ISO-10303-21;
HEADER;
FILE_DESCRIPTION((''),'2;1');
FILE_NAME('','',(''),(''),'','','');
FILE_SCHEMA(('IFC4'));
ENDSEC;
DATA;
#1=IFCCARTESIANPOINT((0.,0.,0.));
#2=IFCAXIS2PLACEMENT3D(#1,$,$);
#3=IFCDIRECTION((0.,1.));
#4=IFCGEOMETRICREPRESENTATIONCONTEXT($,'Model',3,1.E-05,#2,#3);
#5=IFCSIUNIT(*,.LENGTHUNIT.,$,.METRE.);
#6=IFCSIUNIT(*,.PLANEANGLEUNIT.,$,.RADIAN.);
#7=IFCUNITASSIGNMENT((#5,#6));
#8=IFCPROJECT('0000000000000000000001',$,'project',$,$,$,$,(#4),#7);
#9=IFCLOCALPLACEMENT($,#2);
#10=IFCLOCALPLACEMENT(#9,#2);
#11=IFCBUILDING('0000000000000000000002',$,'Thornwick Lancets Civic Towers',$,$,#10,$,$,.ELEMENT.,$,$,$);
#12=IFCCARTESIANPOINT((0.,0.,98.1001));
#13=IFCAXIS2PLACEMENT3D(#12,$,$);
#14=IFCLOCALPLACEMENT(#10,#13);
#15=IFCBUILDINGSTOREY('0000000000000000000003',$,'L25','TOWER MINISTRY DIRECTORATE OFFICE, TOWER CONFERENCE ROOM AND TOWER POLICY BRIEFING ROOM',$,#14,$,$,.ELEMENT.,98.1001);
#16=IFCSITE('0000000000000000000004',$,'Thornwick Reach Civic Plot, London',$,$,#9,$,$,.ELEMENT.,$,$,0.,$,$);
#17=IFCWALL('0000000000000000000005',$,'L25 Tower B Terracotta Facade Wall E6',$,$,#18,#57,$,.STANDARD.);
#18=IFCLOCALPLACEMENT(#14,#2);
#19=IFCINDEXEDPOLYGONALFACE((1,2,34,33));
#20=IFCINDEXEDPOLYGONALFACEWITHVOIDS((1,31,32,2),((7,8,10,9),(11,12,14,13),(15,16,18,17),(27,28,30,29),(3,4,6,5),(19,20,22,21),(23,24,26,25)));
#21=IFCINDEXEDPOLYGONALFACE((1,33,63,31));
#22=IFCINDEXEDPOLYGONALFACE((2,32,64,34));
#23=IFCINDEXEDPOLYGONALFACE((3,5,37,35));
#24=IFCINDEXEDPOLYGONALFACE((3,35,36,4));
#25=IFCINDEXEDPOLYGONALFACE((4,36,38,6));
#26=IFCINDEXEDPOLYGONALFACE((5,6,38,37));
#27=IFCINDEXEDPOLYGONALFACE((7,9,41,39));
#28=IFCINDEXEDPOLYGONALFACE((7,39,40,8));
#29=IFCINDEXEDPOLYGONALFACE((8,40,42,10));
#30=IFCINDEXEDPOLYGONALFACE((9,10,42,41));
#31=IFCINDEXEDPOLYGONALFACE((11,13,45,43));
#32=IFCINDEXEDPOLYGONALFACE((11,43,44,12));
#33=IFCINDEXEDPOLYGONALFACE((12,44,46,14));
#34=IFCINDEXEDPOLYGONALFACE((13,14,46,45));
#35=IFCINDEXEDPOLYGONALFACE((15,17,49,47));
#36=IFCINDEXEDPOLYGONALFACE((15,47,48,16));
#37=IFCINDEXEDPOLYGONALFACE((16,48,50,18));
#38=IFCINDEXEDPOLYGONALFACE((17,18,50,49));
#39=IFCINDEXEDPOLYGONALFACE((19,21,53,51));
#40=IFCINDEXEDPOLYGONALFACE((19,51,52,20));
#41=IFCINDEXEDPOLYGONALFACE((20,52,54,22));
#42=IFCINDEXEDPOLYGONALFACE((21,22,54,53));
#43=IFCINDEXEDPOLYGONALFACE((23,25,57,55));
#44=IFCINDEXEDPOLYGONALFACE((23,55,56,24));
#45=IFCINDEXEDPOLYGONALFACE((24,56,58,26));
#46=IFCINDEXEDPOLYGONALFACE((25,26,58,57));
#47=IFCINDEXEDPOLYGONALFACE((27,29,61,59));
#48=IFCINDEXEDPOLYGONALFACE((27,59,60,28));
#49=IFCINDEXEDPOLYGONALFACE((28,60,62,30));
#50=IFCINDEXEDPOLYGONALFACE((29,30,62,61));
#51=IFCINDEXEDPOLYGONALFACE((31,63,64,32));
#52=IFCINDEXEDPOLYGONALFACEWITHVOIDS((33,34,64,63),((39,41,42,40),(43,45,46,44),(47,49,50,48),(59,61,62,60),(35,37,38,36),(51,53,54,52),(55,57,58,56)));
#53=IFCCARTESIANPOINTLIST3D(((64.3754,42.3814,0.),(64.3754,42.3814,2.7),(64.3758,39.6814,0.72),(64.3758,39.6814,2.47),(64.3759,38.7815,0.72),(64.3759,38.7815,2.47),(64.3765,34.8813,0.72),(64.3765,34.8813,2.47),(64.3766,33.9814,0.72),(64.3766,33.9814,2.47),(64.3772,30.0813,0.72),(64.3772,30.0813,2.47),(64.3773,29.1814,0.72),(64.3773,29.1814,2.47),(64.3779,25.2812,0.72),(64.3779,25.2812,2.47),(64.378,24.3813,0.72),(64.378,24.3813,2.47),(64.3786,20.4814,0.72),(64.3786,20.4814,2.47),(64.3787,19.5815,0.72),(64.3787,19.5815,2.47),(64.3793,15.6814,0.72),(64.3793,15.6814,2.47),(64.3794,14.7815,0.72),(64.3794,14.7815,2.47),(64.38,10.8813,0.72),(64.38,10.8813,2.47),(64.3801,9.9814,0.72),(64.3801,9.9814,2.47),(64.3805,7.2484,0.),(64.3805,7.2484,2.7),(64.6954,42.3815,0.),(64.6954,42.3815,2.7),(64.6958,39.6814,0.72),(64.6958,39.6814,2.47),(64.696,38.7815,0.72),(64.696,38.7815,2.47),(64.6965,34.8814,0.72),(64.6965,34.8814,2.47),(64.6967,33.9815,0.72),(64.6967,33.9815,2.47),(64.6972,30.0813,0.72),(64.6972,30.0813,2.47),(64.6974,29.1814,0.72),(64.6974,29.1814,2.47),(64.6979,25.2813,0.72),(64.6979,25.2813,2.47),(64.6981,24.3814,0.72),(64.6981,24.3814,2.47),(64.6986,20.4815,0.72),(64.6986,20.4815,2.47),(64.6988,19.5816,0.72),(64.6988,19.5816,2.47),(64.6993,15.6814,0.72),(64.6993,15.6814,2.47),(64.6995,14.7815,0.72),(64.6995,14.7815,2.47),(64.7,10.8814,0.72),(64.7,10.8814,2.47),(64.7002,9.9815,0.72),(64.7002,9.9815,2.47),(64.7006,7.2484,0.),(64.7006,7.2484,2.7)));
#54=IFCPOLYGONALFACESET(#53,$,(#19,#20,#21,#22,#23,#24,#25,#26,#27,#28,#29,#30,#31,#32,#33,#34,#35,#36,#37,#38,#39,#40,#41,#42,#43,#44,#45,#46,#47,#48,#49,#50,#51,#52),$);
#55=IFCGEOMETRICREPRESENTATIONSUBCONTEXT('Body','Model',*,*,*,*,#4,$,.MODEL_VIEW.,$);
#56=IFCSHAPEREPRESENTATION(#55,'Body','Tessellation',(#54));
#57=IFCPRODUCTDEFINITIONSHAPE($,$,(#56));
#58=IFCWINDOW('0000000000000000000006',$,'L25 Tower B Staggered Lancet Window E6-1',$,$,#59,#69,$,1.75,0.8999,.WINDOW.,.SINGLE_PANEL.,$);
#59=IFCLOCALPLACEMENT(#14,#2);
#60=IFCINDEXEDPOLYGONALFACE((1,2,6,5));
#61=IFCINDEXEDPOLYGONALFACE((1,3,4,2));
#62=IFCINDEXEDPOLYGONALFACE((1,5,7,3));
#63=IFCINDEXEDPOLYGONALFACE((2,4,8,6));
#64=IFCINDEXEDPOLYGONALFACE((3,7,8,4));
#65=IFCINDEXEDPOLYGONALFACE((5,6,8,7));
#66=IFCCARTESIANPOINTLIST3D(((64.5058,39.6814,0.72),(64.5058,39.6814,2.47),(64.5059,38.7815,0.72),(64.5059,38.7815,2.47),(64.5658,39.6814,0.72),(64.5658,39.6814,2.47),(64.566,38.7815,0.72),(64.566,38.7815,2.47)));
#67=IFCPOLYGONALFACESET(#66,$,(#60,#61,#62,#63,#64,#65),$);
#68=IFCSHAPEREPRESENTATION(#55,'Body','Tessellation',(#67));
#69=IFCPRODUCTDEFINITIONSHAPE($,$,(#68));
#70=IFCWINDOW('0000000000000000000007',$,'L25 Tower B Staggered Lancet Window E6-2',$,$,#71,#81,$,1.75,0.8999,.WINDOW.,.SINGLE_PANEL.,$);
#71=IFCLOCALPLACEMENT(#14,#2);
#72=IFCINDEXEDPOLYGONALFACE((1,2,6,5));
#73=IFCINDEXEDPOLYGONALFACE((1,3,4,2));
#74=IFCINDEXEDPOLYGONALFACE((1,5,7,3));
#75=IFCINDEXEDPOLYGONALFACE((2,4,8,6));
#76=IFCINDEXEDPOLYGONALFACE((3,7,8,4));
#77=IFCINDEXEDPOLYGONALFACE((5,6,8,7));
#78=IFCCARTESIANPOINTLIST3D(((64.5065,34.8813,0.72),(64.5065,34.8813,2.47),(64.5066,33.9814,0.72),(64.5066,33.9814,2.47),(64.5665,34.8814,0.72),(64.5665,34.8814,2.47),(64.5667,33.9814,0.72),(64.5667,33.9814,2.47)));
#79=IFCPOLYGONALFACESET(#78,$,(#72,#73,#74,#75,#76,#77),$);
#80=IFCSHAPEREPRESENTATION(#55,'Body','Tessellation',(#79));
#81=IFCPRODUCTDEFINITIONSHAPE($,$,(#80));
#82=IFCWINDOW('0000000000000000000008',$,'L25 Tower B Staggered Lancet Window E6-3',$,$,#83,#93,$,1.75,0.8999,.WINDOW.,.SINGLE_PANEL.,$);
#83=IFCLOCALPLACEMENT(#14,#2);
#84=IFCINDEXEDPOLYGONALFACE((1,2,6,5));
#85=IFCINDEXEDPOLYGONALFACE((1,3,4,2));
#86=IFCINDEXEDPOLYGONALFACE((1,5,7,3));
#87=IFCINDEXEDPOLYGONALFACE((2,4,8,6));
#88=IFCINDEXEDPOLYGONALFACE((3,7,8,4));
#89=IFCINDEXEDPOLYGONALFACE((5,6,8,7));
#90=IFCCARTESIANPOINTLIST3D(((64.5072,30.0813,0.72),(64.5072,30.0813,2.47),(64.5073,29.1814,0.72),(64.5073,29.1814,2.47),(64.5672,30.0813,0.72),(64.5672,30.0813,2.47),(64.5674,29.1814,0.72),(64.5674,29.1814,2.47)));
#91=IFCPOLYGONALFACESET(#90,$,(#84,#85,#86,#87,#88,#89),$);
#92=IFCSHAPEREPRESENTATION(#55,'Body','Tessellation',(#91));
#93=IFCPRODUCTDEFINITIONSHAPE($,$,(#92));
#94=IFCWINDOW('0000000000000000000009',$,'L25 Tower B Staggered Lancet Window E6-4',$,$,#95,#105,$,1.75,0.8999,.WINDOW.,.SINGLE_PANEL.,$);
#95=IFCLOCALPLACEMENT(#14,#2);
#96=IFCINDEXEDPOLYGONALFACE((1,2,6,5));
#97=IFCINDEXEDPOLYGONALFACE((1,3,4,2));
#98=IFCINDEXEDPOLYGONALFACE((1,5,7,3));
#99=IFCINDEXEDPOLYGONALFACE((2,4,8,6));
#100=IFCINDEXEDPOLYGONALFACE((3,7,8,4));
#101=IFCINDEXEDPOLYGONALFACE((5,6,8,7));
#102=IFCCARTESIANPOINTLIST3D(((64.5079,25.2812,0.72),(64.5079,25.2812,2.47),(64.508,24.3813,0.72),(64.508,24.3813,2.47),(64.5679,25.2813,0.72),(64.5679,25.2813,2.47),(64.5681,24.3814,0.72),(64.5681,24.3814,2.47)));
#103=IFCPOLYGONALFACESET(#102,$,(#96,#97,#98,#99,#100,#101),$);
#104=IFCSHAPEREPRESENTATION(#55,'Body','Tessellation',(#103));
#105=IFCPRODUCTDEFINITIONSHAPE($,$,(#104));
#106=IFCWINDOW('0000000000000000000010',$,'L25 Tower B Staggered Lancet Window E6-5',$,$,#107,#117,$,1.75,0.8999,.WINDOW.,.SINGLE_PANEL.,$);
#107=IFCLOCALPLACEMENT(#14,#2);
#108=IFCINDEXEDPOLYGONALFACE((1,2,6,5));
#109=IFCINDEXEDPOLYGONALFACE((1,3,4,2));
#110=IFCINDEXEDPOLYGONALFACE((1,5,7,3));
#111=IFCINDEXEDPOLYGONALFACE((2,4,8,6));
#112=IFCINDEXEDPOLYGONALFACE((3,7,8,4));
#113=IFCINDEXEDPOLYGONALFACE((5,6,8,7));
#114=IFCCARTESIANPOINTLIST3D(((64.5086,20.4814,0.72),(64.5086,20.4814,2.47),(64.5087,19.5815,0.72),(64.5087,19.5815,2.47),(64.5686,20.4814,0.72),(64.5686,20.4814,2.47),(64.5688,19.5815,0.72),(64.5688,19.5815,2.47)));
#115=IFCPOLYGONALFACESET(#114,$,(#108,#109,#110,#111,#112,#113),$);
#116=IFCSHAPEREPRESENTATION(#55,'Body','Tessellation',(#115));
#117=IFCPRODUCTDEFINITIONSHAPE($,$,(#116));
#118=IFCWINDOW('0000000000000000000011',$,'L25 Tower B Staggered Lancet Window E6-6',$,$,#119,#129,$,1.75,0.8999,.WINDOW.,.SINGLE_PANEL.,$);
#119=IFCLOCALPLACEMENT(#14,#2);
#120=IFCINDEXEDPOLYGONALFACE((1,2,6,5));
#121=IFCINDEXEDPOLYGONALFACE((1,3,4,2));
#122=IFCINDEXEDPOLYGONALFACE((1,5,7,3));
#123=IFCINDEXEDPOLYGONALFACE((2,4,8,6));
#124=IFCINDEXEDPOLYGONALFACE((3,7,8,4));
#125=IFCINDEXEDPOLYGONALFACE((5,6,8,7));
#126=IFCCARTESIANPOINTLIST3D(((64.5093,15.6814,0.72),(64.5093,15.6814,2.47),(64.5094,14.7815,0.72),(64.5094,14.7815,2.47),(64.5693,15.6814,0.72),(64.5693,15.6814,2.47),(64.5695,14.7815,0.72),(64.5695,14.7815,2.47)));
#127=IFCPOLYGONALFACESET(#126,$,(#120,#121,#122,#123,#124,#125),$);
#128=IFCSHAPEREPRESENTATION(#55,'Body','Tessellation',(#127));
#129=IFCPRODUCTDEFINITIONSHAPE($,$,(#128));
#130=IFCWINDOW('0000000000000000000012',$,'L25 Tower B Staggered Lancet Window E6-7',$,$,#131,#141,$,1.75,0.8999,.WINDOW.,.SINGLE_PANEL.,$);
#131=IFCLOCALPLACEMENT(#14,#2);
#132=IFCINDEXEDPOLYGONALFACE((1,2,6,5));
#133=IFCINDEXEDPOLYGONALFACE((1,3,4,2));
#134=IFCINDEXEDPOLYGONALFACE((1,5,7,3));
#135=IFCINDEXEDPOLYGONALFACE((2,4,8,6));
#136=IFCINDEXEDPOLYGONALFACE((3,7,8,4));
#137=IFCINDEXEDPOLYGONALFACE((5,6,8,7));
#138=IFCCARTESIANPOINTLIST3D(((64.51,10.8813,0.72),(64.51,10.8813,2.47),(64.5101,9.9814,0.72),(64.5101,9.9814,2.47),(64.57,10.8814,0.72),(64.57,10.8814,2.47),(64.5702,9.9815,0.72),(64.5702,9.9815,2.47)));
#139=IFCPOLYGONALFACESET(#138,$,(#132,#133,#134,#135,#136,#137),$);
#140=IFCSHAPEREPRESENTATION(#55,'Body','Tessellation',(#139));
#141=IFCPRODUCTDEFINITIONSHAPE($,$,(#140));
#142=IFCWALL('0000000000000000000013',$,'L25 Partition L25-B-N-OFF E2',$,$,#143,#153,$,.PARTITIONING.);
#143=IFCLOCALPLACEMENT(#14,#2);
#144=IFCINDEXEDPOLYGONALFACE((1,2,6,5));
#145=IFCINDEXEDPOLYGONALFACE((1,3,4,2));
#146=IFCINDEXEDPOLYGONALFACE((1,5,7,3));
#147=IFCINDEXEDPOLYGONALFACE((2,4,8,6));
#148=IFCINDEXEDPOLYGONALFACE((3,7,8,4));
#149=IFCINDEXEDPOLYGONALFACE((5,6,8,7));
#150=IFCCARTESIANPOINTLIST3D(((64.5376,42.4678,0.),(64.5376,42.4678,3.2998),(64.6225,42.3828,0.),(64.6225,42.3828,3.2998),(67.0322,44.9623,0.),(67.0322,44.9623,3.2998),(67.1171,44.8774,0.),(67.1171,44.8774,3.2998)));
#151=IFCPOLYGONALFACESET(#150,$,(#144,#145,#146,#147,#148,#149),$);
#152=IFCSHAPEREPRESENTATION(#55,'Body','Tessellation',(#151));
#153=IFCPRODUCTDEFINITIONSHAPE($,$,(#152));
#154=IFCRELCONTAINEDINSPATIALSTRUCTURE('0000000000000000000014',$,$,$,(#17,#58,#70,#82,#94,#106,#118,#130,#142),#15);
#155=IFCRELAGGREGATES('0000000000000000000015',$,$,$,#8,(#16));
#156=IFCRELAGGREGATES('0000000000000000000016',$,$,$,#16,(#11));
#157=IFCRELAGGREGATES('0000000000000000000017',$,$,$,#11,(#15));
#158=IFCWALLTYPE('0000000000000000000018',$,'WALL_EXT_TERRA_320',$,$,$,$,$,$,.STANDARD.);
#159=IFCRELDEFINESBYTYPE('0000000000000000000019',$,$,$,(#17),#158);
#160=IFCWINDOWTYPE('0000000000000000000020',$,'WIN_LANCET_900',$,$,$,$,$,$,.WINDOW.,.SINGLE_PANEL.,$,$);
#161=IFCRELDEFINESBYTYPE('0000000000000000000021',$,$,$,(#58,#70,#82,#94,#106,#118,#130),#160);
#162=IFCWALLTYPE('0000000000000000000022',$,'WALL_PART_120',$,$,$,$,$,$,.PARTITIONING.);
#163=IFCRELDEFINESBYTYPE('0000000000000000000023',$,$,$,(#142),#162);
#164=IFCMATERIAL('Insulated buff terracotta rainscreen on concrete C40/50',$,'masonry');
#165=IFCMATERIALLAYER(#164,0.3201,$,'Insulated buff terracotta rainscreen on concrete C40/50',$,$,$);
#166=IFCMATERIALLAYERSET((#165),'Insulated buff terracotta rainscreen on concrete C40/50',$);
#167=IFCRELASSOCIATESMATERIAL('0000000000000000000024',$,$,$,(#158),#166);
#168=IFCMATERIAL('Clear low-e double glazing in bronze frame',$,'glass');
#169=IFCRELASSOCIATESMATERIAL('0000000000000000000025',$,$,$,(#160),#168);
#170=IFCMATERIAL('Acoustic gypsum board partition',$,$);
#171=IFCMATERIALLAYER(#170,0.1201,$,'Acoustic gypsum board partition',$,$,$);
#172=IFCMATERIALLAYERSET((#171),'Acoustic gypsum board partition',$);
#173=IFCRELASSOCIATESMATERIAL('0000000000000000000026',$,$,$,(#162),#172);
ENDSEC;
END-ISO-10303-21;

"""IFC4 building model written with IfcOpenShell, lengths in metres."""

from ifc_helpers import new_model, si_unit, direction, frame, frame_2d, origin, place, context, subcontext, project, spatial, rectangle, extrude, material, layer, layer_set, type_object, element, fill, save


model = new_model("IFC4")

# Units and contexts
model_context = context("Model", 3, precision=1e-05, world=origin(), true_north=direction((0.0, 1.0)))
body_context = subcontext(model_context, "Body", "Model", "MODEL_VIEW")
ifc_project = project(units=[si_unit("LENGTHUNIT", "METRE"), si_unit("PLANEANGLEUNIT", "RADIAN")], contexts=[model_context])

# Site, building, storey
site_placement = place(None, origin())
site = spatial("IfcSite", under=ifc_project, at=site_placement, Name="Thornwick Reach Civic Plot, London", CompositionType="ELEMENT", RefElevation=0.0)
building_placement = place(site_placement, origin())
building = spatial("IfcBuilding", under=site, at=building_placement, Name="Thornwick Lancets Civic Towers", CompositionType="ELEMENT")
storey_placement = place(building_placement, frame((0.0, 0.0, 98.1001)))
storey = spatial("IfcBuildingStorey", under=building, at=storey_placement, Name="L25", Description="TOWER MINISTRY DIRECTORATE OFFICE, TOWER CONFERENCE ROOM AND TOWER POLICY BRIEFING ROOM", CompositionType="ELEMENT", Elevation=98.1001)

# Wall, openings, windows
ifc_material_1 = material(Name="Insulated buff terracotta rainscreen on concrete C40/50", Category="masonry")
ifc_layer_1 = layer(ifc_material_1, 0.3201, Name="Insulated buff terracotta rainscreen on concrete C40/50")
ifc_layer_set_1 = layer_set([ifc_layer_1], Name="Insulated buff terracotta rainscreen on concrete C40/50")
wall_type_1 = type_object("IfcWallType", Name="WALL_EXT_TERRA_320", PredefinedType="STANDARD", material=ifc_layer_set_1)
wall_1_placement = place(storey_placement, frame((64.5354, 42.3813, 0.0), z_axis=(0.0, 0.0, 1.0), x_axis=(0.000146, -1.0, 0.0)))
wall_1 = element("IfcWall", 1, at=wall_1_placement, inside=storey, type_object=wall_type_1, Name="L25 Tower B Terracotta Facade Wall E6", PredefinedType="STANDARD", context=body_context, shape_type="SweptSolid", body=[
    extrude(rectangle(XDim=35.1331, YDim=0.3201, at=frame_2d((17.5664, 0.0))), origin(), (0.0, 0.0, 1.0), 2.7),
])
opening_1_placement = place(wall_1_placement, frame((2.7, 0.0, 0.72)))
opening_1 = element("IfcOpeningElement", 2, at=opening_1_placement, cuts=wall_1, PredefinedType="OPENING", context=body_context, shape_type="SweptSolid", body=[
    extrude(rectangle(XDim=0.8999, YDim=1.75, at=frame_2d((0.45, 0.875))), frame((0.0, 0.1699, 0.0), z_axis=(0.0, -1.0, 0.0), x_axis=(1.0, 0.0, 0.0)), (0.0, 0.0, 1.0), 0.3401),
])
opening_2_placement = place(wall_1_placement, frame((7.5, 0.0, 0.72)))
opening_2 = element("IfcOpeningElement", 3, at=opening_2_placement, cuts=wall_1, PredefinedType="OPENING", context=body_context, shape_type="SweptSolid", body=[
    extrude(rectangle(XDim=0.8999, YDim=1.75, at=frame_2d((0.45, 0.875))), frame((0.0, 0.1699, 0.0), z_axis=(0.0, -1.0, 0.0), x_axis=(1.0, 0.0, 0.0)), (0.0, 0.0, 1.0), 0.3401),
])
opening_3_placement = place(wall_1_placement, frame((12.3, 0.0, 0.72)))
opening_3 = element("IfcOpeningElement", 4, at=opening_3_placement, cuts=wall_1, PredefinedType="OPENING", context=body_context, shape_type="SweptSolid", body=[
    extrude(rectangle(XDim=0.8999, YDim=1.75, at=frame_2d((0.45, 0.875))), frame((0.0, 0.1699, 0.0), z_axis=(0.0, -1.0, 0.0), x_axis=(1.0, 0.0, 0.0)), (0.0, 0.0, 1.0), 0.3401),
])
opening_4_placement = place(wall_1_placement, frame((17.1001, 0.0, 0.72)))
opening_4 = element("IfcOpeningElement", 5, at=opening_4_placement, cuts=wall_1, PredefinedType="OPENING", context=body_context, shape_type="SweptSolid", body=[
    extrude(rectangle(XDim=0.8999, YDim=1.75, at=frame_2d((0.45, 0.875))), frame((0.0, 0.1699, 0.0), z_axis=(0.0, -1.0, 0.0), x_axis=(1.0, 0.0, 0.0)), (0.0, 0.0, 1.0), 0.3401),
])
opening_5_placement = place(wall_1_placement, frame((21.8999, 0.0, 0.72)))
opening_5 = element("IfcOpeningElement", 6, at=opening_5_placement, cuts=wall_1, PredefinedType="OPENING", context=body_context, shape_type="SweptSolid", body=[
    extrude(rectangle(XDim=0.8999, YDim=1.75, at=frame_2d((0.45, 0.875))), frame((0.0, 0.1699, 0.0), z_axis=(0.0, -1.0, 0.0), x_axis=(1.0, 0.0, 0.0)), (0.0, 0.0, 1.0), 0.3401),
])
opening_6_placement = place(wall_1_placement, frame((26.7, 0.0, 0.72)))
opening_6 = element("IfcOpeningElement", 7, at=opening_6_placement, cuts=wall_1, PredefinedType="OPENING", context=body_context, shape_type="SweptSolid", body=[
    extrude(rectangle(XDim=0.8999, YDim=1.75, at=frame_2d((0.45, 0.875))), frame((0.0, 0.1699, 0.0), z_axis=(0.0, -1.0, 0.0), x_axis=(1.0, 0.0, 0.0)), (0.0, 0.0, 1.0), 0.3401),
])
opening_7_placement = place(wall_1_placement, frame((31.5, 0.0, 0.72)))
opening_7 = element("IfcOpeningElement", 8, at=opening_7_placement, cuts=wall_1, PredefinedType="OPENING", context=body_context, shape_type="SweptSolid", body=[
    extrude(rectangle(XDim=0.8999, YDim=1.75, at=frame_2d((0.45, 0.875))), frame((0.0, 0.1699, 0.0), z_axis=(0.0, -1.0, 0.0), x_axis=(1.0, 0.0, 0.0)), (0.0, 0.0, 1.0), 0.3401),
])
ifc_material_2 = material(Name="Clear low-e double glazing in bronze frame", Category="glass")
window_type = type_object("IfcWindowType", Name="WIN_LANCET_900", PartitioningType="SINGLE_PANEL", PredefinedType="WINDOW", material=ifc_material_2)
window_1_placement = place(opening_1_placement, origin())
window_1 = element("IfcWindow", 9, at=window_1_placement, inside=storey, type_object=window_type, Name="L25 Tower B Staggered Lancet Window E6-1", OverallHeight=1.75, OverallWidth=0.8999, PartitioningType="SINGLE_PANEL", PredefinedType="WINDOW", context=body_context, shape_type="SweptSolid", body=[
    extrude(rectangle(XDim=0.8999, YDim=1.75, at=frame_2d((0.45, 0.875))), frame((0.0, 0.03, 0.0), z_axis=(0.0, -1.0, 0.0), x_axis=(1.0, 0.0, 0.0)), (0.0, 0.0, 1.0), 0.0601),
])
fill(opening_1, window_1)
window_2_placement = place(opening_2_placement, origin())
window_2 = element("IfcWindow", 10, at=window_2_placement, inside=storey, type_object=window_type, Name="L25 Tower B Staggered Lancet Window E6-2", OverallHeight=1.75, OverallWidth=0.8999, PartitioningType="SINGLE_PANEL", PredefinedType="WINDOW", context=body_context, shape_type="SweptSolid", body=[
    extrude(rectangle(XDim=0.8999, YDim=1.75, at=frame_2d((0.45, 0.875))), frame((0.0, 0.03, 0.0), z_axis=(0.0, -1.0, 0.0), x_axis=(1.0, 0.0, 0.0)), (0.0, 0.0, 1.0), 0.0601),
])
fill(opening_2, window_2)
window_3_placement = place(opening_3_placement, origin())
window_3 = element("IfcWindow", 11, at=window_3_placement, inside=storey, type_object=window_type, Name="L25 Tower B Staggered Lancet Window E6-3", OverallHeight=1.75, OverallWidth=0.8999, PartitioningType="SINGLE_PANEL", PredefinedType="WINDOW", context=body_context, shape_type="SweptSolid", body=[
    extrude(rectangle(XDim=0.8999, YDim=1.75, at=frame_2d((0.45, 0.875))), frame((0.0, 0.03, 0.0), z_axis=(0.0, -1.0, 0.0), x_axis=(1.0, 0.0, 0.0)), (0.0, 0.0, 1.0), 0.0601),
])
fill(opening_3, window_3)
window_4_placement = place(opening_4_placement, origin())
window_4 = element("IfcWindow", 12, at=window_4_placement, inside=storey, type_object=window_type, Name="L25 Tower B Staggered Lancet Window E6-4", OverallHeight=1.75, OverallWidth=0.8999, PartitioningType="SINGLE_PANEL", PredefinedType="WINDOW", context=body_context, shape_type="SweptSolid", body=[
    extrude(rectangle(XDim=0.8999, YDim=1.75, at=frame_2d((0.45, 0.875))), frame((0.0, 0.03, 0.0), z_axis=(0.0, -1.0, 0.0), x_axis=(1.0, 0.0, 0.0)), (0.0, 0.0, 1.0), 0.0601),
])
fill(opening_4, window_4)
window_5_placement = place(opening_5_placement, origin())
window_5 = element("IfcWindow", 13, at=window_5_placement, inside=storey, type_object=window_type, Name="L25 Tower B Staggered Lancet Window E6-5", OverallHeight=1.75, OverallWidth=0.8999, PartitioningType="SINGLE_PANEL", PredefinedType="WINDOW", context=body_context, shape_type="SweptSolid", body=[
    extrude(rectangle(XDim=0.8999, YDim=1.75, at=frame_2d((0.45, 0.875))), frame((0.0, 0.03, 0.0), z_axis=(0.0, -1.0, 0.0), x_axis=(1.0, 0.0, 0.0)), (0.0, 0.0, 1.0), 0.0601),
])
fill(opening_5, window_5)
window_6_placement = place(opening_6_placement, origin())
window_6 = element("IfcWindow", 14, at=window_6_placement, inside=storey, type_object=window_type, Name="L25 Tower B Staggered Lancet Window E6-6", OverallHeight=1.75, OverallWidth=0.8999, PartitioningType="SINGLE_PANEL", PredefinedType="WINDOW", context=body_context, shape_type="SweptSolid", body=[
    extrude(rectangle(XDim=0.8999, YDim=1.75, at=frame_2d((0.45, 0.875))), frame((0.0, 0.03, 0.0), z_axis=(0.0, -1.0, 0.0), x_axis=(1.0, 0.0, 0.0)), (0.0, 0.0, 1.0), 0.0601),
])
fill(opening_6, window_6)
window_7_placement = place(opening_7_placement, origin())
window_7 = element("IfcWindow", 15, at=window_7_placement, inside=storey, type_object=window_type, Name="L25 Tower B Staggered Lancet Window E6-7", OverallHeight=1.75, OverallWidth=0.8999, PartitioningType="SINGLE_PANEL", PredefinedType="WINDOW", context=body_context, shape_type="SweptSolid", body=[
    extrude(rectangle(XDim=0.8999, YDim=1.75, at=frame_2d((0.45, 0.875))), frame((0.0, 0.03, 0.0), z_axis=(0.0, -1.0, 0.0), x_axis=(1.0, 0.0, 0.0)), (0.0, 0.0, 1.0), 0.0601),
])
fill(opening_7, window_7)

# Wall
ifc_material_3 = material(Name="Acoustic gypsum board partition")
ifc_layer_2 = layer(ifc_material_3, 0.1201, Name="Acoustic gypsum board partition")
ifc_layer_set_2 = layer_set([ifc_layer_2], Name="Acoustic gypsum board partition")
wall_type_2 = type_object("IfcWallType", Name="WALL_PART_120", PredefinedType="PARTITIONING", material=ifc_layer_set_2)
wall_2_placement = place(storey_placement, frame((64.5801, 42.4253, 0.0), z_axis=(0.0, 0.0, 1.0), x_axis=(0.707107, 0.707107, 0.0)))
element("IfcWall", 16, at=wall_2_placement, inside=storey, type_object=wall_type_2, Name="L25 Partition L25-B-N-OFF E2", PredefinedType="PARTITIONING", context=body_context, shape_type="SweptSolid", body=[
    extrude(rectangle(XDim=3.5278, YDim=0.1201, at=frame_2d((1.7639, 0.0))), origin(), (0.0, 0.0, 1.0), 3.2998),
])

save(model, "model.ifc")
